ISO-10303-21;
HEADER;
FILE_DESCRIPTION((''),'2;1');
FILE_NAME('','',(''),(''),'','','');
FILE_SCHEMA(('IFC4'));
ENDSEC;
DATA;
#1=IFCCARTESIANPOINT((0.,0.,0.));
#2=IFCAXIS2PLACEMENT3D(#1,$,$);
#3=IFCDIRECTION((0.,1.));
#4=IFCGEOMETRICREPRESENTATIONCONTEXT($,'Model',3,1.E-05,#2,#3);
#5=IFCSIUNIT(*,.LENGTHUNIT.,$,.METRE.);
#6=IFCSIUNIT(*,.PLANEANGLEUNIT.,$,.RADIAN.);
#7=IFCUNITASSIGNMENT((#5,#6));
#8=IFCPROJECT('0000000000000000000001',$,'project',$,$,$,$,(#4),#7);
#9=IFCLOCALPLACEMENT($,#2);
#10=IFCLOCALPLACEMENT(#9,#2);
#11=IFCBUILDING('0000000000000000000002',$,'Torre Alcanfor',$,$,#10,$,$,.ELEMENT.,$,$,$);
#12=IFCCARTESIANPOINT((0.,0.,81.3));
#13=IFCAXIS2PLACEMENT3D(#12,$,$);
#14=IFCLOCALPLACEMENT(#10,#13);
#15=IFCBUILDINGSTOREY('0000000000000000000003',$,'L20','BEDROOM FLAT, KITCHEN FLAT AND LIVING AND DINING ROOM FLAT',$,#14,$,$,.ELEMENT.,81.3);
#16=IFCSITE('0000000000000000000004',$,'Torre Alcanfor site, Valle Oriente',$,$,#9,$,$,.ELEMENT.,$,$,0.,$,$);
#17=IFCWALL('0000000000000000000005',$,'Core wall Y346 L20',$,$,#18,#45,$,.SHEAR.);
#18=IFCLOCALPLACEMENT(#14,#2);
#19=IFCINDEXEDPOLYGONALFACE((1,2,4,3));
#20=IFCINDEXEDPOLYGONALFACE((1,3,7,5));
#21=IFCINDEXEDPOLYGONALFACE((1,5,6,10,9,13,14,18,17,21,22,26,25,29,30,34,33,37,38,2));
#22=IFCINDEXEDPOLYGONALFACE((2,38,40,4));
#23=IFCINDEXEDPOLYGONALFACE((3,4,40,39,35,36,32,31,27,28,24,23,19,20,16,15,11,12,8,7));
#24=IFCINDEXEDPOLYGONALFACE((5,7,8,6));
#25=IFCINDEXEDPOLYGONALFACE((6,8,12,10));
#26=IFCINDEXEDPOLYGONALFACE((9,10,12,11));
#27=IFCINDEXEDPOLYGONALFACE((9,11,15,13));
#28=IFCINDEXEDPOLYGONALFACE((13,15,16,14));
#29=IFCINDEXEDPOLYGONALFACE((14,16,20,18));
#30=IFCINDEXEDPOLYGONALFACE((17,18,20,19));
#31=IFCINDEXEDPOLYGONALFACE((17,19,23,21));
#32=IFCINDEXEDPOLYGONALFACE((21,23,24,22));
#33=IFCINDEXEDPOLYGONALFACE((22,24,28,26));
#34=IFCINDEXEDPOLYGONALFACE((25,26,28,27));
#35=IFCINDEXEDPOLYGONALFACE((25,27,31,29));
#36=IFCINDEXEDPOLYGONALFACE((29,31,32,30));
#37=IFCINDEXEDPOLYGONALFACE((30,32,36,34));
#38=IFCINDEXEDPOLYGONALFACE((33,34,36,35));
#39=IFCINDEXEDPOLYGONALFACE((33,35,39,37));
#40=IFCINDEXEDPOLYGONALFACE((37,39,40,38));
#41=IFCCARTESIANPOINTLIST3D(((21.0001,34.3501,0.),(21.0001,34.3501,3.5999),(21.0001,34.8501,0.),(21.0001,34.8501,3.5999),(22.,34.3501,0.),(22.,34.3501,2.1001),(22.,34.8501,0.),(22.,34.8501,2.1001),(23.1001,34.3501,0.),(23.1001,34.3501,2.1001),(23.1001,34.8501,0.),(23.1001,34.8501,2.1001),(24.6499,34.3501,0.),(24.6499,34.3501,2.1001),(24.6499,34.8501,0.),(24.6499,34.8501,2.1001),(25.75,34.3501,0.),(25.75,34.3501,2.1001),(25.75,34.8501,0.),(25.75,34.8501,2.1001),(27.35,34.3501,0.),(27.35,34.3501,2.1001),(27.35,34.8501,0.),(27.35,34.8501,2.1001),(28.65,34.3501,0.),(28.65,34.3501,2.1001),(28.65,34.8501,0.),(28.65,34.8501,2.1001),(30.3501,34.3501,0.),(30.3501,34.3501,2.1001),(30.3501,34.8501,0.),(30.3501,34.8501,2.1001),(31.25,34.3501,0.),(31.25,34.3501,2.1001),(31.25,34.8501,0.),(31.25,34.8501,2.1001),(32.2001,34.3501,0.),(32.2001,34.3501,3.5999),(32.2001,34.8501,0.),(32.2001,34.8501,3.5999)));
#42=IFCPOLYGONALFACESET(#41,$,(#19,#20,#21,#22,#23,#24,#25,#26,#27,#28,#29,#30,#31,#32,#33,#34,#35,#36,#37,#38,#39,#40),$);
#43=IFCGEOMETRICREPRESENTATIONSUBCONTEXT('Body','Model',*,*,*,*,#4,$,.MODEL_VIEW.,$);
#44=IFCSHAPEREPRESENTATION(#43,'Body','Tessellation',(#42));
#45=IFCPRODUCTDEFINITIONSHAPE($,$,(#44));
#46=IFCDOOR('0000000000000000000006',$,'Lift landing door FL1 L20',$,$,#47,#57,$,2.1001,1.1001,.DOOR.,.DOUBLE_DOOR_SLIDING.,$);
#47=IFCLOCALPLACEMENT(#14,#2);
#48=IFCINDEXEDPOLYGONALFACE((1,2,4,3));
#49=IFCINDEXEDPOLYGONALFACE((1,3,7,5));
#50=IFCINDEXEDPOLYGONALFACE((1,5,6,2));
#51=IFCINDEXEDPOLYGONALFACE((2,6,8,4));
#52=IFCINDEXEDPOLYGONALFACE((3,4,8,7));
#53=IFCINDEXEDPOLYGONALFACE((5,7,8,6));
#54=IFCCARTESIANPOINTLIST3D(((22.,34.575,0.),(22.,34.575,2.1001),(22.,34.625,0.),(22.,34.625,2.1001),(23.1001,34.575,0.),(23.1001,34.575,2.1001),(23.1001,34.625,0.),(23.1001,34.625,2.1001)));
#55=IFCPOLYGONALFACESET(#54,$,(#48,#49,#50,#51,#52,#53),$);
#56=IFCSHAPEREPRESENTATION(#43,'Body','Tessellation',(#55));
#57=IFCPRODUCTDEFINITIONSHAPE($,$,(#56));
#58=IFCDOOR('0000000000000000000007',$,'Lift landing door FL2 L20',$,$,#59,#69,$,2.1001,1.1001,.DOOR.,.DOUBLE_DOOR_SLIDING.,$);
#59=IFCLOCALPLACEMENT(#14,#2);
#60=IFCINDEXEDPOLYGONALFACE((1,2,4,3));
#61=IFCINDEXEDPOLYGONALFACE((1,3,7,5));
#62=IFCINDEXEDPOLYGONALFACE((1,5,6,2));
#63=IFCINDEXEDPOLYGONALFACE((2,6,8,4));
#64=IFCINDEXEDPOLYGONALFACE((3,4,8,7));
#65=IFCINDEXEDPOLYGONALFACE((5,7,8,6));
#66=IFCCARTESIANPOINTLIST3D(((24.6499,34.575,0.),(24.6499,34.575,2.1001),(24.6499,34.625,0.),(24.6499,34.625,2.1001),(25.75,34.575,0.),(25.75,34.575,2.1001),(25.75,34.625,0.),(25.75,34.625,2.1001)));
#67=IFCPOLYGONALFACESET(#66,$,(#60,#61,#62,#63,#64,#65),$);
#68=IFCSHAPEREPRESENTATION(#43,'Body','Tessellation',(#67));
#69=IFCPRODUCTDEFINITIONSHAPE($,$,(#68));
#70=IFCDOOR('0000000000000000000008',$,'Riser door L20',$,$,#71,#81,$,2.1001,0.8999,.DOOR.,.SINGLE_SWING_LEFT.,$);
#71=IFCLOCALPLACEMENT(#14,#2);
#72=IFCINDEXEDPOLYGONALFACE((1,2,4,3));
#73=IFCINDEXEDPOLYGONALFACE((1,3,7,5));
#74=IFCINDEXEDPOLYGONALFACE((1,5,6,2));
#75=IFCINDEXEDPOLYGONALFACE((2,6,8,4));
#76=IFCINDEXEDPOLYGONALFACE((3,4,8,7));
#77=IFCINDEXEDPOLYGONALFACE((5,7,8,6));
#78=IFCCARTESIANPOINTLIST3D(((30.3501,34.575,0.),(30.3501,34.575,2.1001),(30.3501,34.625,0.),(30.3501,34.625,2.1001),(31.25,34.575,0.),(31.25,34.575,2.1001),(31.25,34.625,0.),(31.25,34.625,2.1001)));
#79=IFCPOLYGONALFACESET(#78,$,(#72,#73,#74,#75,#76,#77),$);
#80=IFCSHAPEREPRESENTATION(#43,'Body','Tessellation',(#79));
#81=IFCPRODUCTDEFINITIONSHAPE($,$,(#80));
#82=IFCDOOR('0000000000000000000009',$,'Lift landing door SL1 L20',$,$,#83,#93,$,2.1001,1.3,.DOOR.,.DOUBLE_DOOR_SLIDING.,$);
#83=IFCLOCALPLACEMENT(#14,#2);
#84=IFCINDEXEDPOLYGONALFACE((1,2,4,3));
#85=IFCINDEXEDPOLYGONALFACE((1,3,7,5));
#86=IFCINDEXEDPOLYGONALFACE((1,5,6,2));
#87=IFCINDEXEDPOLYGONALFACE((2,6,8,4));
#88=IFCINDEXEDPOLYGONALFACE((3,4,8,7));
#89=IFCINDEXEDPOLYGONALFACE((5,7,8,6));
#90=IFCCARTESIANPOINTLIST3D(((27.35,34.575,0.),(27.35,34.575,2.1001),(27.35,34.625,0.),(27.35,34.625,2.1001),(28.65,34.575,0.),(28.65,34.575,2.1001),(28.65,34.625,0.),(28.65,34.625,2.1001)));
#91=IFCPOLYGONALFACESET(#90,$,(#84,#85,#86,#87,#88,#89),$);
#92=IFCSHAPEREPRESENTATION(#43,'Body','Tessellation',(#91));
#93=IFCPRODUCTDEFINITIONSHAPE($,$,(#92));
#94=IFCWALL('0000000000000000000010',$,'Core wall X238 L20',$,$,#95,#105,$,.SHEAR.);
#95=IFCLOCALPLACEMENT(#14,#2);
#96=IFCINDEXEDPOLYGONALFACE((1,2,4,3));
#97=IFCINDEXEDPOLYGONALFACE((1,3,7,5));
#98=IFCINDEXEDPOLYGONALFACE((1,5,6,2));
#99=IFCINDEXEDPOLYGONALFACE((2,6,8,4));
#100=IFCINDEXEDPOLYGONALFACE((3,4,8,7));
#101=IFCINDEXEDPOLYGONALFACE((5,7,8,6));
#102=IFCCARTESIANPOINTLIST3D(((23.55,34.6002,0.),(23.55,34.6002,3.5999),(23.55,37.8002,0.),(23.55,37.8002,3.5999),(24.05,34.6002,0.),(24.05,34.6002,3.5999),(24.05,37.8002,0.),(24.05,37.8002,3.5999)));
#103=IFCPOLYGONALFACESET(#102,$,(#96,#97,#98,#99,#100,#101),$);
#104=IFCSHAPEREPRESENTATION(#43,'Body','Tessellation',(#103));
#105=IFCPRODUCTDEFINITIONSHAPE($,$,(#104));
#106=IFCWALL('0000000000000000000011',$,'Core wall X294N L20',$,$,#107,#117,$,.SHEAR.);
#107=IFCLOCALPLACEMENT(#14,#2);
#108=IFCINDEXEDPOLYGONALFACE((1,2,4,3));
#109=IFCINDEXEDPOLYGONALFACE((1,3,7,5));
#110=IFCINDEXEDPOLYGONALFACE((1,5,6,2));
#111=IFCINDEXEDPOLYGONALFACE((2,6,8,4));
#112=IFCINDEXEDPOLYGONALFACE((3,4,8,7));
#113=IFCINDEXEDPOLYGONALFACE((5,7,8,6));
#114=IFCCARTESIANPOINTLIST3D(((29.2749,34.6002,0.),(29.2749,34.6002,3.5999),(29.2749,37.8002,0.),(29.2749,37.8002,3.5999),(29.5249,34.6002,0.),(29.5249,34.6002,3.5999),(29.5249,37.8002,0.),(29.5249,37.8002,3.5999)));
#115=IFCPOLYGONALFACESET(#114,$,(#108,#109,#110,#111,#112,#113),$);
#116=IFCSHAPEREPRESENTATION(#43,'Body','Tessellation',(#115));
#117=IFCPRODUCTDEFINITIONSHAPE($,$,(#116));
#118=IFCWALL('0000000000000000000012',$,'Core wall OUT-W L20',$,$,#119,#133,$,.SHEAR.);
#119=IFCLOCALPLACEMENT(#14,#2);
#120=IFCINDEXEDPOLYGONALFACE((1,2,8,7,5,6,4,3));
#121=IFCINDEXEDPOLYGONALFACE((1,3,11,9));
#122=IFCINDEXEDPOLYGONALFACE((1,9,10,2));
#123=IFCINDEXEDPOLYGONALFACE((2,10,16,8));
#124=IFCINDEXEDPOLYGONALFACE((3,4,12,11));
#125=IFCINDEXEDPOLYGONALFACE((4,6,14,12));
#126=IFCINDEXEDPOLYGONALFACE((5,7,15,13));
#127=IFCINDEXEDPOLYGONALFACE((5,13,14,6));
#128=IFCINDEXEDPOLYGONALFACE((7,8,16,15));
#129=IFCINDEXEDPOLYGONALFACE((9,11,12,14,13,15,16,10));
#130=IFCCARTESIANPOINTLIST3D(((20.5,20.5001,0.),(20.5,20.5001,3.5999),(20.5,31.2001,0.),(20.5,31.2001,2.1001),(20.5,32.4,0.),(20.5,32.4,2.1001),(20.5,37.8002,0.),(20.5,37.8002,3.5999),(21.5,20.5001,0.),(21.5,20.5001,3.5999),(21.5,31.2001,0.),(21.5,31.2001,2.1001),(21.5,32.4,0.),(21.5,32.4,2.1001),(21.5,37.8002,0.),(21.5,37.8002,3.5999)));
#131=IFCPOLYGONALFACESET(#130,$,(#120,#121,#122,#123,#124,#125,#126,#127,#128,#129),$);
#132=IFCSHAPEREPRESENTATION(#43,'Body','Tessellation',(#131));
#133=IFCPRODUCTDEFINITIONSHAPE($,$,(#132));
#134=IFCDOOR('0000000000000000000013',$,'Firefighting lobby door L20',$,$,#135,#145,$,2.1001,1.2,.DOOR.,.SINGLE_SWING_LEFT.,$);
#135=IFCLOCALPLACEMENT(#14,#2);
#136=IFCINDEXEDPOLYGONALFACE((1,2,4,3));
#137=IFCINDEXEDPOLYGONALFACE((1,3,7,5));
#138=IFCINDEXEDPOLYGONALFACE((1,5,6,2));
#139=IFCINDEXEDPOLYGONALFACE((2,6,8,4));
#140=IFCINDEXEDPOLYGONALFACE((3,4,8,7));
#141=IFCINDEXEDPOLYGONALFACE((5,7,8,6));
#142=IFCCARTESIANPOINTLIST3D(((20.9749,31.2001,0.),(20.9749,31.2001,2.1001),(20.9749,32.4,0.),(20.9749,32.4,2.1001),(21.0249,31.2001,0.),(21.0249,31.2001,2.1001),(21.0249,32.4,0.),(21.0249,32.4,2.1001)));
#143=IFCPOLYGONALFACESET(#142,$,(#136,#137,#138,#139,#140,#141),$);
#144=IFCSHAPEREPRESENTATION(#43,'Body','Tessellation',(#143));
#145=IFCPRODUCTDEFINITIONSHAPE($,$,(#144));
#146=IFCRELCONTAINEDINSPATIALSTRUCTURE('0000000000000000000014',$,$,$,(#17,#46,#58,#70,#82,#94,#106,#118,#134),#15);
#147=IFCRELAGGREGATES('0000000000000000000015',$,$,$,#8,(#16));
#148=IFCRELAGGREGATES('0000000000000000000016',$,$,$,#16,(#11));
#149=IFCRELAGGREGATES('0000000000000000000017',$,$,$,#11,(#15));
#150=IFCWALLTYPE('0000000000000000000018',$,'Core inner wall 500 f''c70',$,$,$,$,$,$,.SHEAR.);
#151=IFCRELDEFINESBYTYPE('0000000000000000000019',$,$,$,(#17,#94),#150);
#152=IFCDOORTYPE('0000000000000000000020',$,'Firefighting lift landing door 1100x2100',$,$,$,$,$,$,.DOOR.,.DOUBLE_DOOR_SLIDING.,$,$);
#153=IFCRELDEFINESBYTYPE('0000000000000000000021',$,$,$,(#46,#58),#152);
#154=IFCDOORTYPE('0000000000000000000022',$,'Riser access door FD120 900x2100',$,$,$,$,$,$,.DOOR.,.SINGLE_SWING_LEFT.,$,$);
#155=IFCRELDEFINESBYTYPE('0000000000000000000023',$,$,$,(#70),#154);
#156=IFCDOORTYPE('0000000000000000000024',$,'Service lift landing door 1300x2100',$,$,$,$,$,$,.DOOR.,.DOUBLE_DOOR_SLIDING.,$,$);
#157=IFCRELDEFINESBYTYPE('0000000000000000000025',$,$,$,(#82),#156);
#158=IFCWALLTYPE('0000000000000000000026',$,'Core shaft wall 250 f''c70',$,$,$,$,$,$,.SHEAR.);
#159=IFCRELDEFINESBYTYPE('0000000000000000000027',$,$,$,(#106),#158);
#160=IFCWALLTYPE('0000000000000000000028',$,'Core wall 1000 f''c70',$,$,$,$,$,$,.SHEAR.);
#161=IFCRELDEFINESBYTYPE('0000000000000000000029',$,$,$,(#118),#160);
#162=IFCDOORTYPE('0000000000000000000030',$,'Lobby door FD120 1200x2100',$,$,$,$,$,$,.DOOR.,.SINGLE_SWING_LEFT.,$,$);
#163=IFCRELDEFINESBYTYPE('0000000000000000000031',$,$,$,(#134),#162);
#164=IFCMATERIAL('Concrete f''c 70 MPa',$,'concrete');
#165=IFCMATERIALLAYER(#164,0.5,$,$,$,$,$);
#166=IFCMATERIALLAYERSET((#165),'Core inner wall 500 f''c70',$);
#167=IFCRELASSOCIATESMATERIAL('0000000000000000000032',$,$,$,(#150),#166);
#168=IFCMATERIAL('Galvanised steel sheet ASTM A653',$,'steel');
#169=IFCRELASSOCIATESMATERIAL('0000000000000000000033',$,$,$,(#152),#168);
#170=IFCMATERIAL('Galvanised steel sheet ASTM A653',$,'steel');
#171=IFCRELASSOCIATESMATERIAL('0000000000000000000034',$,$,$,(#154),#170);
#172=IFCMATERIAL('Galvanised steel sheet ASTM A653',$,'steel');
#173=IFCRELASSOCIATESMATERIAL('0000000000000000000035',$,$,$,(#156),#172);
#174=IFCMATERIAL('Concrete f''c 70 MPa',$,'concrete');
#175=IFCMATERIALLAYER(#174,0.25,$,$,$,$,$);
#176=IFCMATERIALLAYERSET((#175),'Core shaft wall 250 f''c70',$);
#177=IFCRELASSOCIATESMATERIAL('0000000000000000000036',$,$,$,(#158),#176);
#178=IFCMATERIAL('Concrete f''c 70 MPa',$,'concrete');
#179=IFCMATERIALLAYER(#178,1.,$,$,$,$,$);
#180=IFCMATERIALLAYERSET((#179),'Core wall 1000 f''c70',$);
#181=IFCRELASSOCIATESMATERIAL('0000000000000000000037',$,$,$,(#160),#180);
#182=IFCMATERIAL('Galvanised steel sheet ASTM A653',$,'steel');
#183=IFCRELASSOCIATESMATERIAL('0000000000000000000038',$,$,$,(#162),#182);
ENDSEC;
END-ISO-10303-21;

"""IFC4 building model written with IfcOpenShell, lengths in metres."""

from ifc_helpers import new_model, si_unit, direction, frame, frame_2d, origin, place, context, subcontext, project, spatial, rectangle, extrude, material, layer, layer_set, type_object, element, fill, save


model = new_model("IFC4")

# Units and contexts
model_context = context("Model", 3, precision=1e-05, world=origin(), true_north=direction((0.0, 1.0)))
body_context = subcontext(model_context, "Body", "Model", "MODEL_VIEW")
ifc_project = project(units=[si_unit("LENGTHUNIT", "METRE"), si_unit("PLANEANGLEUNIT", "RADIAN")], contexts=[model_context])

# Site, building, storey
site_placement = place(None, origin())
site = spatial("IfcSite", under=ifc_project, at=site_placement, Name="Torre Alcanfor site, Valle Oriente", CompositionType="ELEMENT", RefElevation=0.0)
building_placement = place(site_placement, origin())
building = spatial("IfcBuilding", under=site, at=building_placement, Name="Torre Alcanfor", CompositionType="ELEMENT")
storey_placement = place(building_placement, frame((0.0, 0.0, 81.3)))
storey = spatial("IfcBuildingStorey", under=building, at=storey_placement, Name="L20", Description="BEDROOM FLAT, KITCHEN FLAT AND LIVING AND DINING ROOM FLAT", CompositionType="ELEMENT", Elevation=81.3)

# Shared definitions
ifc_material_1 = material(Name="Concrete f'c 70 MPa", Category="concrete")
ifc_layer_1 = layer(ifc_material_1, 0.5)
ifc_layer_set_1 = layer_set([ifc_layer_1], Name="Core inner wall 500 f'c70")
wall_type_1 = type_object("IfcWallType", Name="Core inner wall 500 f'c70", PredefinedType="SHEAR", material=ifc_layer_set_1)

# Wall, openings, doors
wall_1_placement = place(storey_placement, frame((21.0, 34.6001, 0.0), z_axis=(0.0, 0.0, 1.0), x_axis=(1.0, 0.0, 0.0)))
wall_1 = element("IfcWall", 1, at=wall_1_placement, inside=storey, type_object=wall_type_1, Name="Core wall Y346 L20", PredefinedType="SHEAR", context=body_context, shape_type="SweptSolid", body=[
    extrude(rectangle(XDim=11.2, YDim=0.5, at=frame_2d((5.6001, 0.0))), origin(), (0.0, 0.0, 1.0), 3.5999),
])
opening_1_placement = place(wall_1_placement, frame((9.3501, 0.0, 0.0)))
opening_1 = element("IfcOpeningElement", 2, at=opening_1_placement, cuts=wall_1, PredefinedType="OPENING", context=body_context, shape_type="SweptSolid", body=[
    extrude(rectangle(XDim=0.8999, YDim=2.1001, at=frame_2d((0.45, 1.05))), frame((0.0, 0.26, 0.0), z_axis=(0.0, -1.0, 0.0), x_axis=(1.0, 0.0, 0.0)), (0.0, 0.0, 1.0), 0.52),
])
opening_2_placement = place(wall_1_placement, frame((1.0, 0.0, 0.0)))
opening_2 = element("IfcOpeningElement", 3, at=opening_2_placement, cuts=wall_1, PredefinedType="OPENING", context=body_context, shape_type="SweptSolid", body=[
    extrude(rectangle(XDim=1.1001, YDim=2.1001, at=frame_2d((0.55, 1.05))), frame((0.0, 0.26, 0.0), z_axis=(0.0, -1.0, 0.0), x_axis=(1.0, 0.0, 0.0)), (0.0, 0.0, 1.0), 0.52),
])
opening_3_placement = place(wall_1_placement, frame((3.6499, 0.0, 0.0)))
opening_3 = element("IfcOpeningElement", 4, at=opening_3_placement, cuts=wall_1, PredefinedType="OPENING", context=body_context, shape_type="SweptSolid", body=[
    extrude(rectangle(XDim=1.1001, YDim=2.1001, at=frame_2d((0.55, 1.05))), frame((0.0, 0.26, 0.0), z_axis=(0.0, -1.0, 0.0), x_axis=(1.0, 0.0, 0.0)), (0.0, 0.0, 1.0), 0.52),
])
opening_4_placement = place(wall_1_placement, frame((6.3501, 0.0, 0.0)))
opening_4 = element("IfcOpeningElement", 5, at=opening_4_placement, cuts=wall_1, PredefinedType="OPENING", context=body_context, shape_type="SweptSolid", body=[
    extrude(rectangle(XDim=1.3, YDim=2.1001, at=frame_2d((0.6499, 1.05))), frame((0.0, 0.26, 0.0), z_axis=(0.0, -1.0, 0.0), x_axis=(1.0, 0.0, 0.0)), (0.0, 0.0, 1.0), 0.52),
])
ifc_material_2 = material(Name="Galvanised steel sheet ASTM A653", Category="steel")
door_type_1 = type_object("IfcDoorType", Name="Firefighting lift landing door 1100x2100", OperationType="DOUBLE_DOOR_SLIDING", PredefinedType="DOOR", material=ifc_material_2)
door_1_placement = place(opening_2_placement, origin())
door_1 = element("IfcDoor", 6, at=door_1_placement, inside=storey, type_object=door_type_1, Name="Lift landing door FL1 L20", OperationType="DOUBLE_DOOR_SLIDING", OverallHeight=2.1001, OverallWidth=1.1001, PredefinedType="DOOR", context=body_context, shape_type="SweptSolid", body=[
    extrude(rectangle(XDim=1.1001, YDim=2.1001, at=frame_2d((0.55, 1.05))), frame((0.0, 0.0249, 0.0), z_axis=(0.0, -1.0, 0.0), x_axis=(1.0, 0.0, 0.0)), (0.0, 0.0, 1.0), 0.05),
])
fill(opening_2, door_1)
door_2_placement = place(opening_3_placement, origin())
door_2 = element("IfcDoor", 7, at=door_2_placement, inside=storey, type_object=door_type_1, Name="Lift landing door FL2 L20", OperationType="DOUBLE_DOOR_SLIDING", OverallHeight=2.1001, OverallWidth=1.1001, PredefinedType="DOOR", context=body_context, shape_type="SweptSolid", body=[
    extrude(rectangle(XDim=1.1001, YDim=2.1001, at=frame_2d((0.55, 1.05))), frame((0.0, 0.0249, 0.0), z_axis=(0.0, -1.0, 0.0), x_axis=(1.0, 0.0, 0.0)), (0.0, 0.0, 1.0), 0.05),
])
fill(opening_3, door_2)
ifc_material_3 = material(Name="Galvanised steel sheet ASTM A653", Category="steel")
door_type_2 = type_object("IfcDoorType", Name="Riser access door FD120 900x2100", OperationType="SINGLE_SWING_LEFT", PredefinedType="DOOR", material=ifc_material_3)
door_3_placement = place(opening_1_placement, origin())
door_3 = element("IfcDoor", 8, at=door_3_placement, inside=storey, type_object=door_type_2, Name="Riser door L20", OperationType="SINGLE_SWING_LEFT", OverallHeight=2.1001, OverallWidth=0.8999, PredefinedType="DOOR", context=body_context, shape_type="SweptSolid", body=[
    extrude(rectangle(XDim=0.8999, YDim=2.1001, at=frame_2d((0.45, 1.05))), frame((0.0, 0.0249, 0.0), z_axis=(0.0, -1.0, 0.0), x_axis=(1.0, 0.0, 0.0)), (0.0, 0.0, 1.0), 0.05),
])
fill(opening_1, door_3)
ifc_material_4 = material(Name="Galvanised steel sheet ASTM A653", Category="steel")
door_type_3 = type_object("IfcDoorType", Name="Service lift landing door 1300x2100", OperationType="DOUBLE_DOOR_SLIDING", PredefinedType="DOOR", material=ifc_material_4)
door_4_placement = place(opening_4_placement, origin())
door_4 = element("IfcDoor", 9, at=door_4_placement, inside=storey, type_object=door_type_3, Name="Lift landing door SL1 L20", OperationType="DOUBLE_DOOR_SLIDING", OverallHeight=2.1001, OverallWidth=1.3, PredefinedType="DOOR", context=body_context, shape_type="SweptSolid", body=[
    extrude(rectangle(XDim=1.3, YDim=2.1001, at=frame_2d((0.6499, 1.05))), frame((0.0, 0.0249, 0.0), z_axis=(0.0, -1.0, 0.0), x_axis=(1.0, 0.0, 0.0)), (0.0, 0.0, 1.0), 0.05),
])
fill(opening_4, door_4)

# Walls
wall_2_placement = place(storey_placement, frame((23.8, 34.6001, 0.0), z_axis=(0.0, 0.0, 1.0), x_axis=(0.0, 1.0, 0.0)))
element("IfcWall", 10, at=wall_2_placement, inside=storey, type_object=wall_type_1, Name="Core wall X238 L20", PredefinedType="SHEAR", context=body_context, shape_type="SweptSolid", body=[
    extrude(rectangle(XDim=3.2, YDim=0.5, at=frame_2d((1.6001, 0.0))), origin(), (0.0, 0.0, 1.0), 3.5999),
])
ifc_material_5 = material(Name="Concrete f'c 70 MPa", Category="concrete")
ifc_layer_2 = layer(ifc_material_5, 0.25)
ifc_layer_set_2 = layer_set([ifc_layer_2], Name="Core shaft wall 250 f'c70")
wall_type_2 = type_object("IfcWallType", Name="Core shaft wall 250 f'c70", PredefinedType="SHEAR", material=ifc_layer_set_2)
wall_3_placement = place(storey_placement, frame((29.3999, 34.6001, 0.0), z_axis=(0.0, 0.0, 1.0), x_axis=(0.0, 1.0, 0.0)))
element("IfcWall", 11, at=wall_3_placement, inside=storey, type_object=wall_type_2, Name="Core wall X294N L20", PredefinedType="SHEAR", context=body_context, shape_type="SweptSolid", body=[
    extrude(rectangle(XDim=3.2, YDim=0.25, at=frame_2d((1.6001, 0.0))), origin(), (0.0, 0.0, 1.0), 3.5999),
])

# Wall, opening, door
ifc_material_6 = material(Name="Concrete f'c 70 MPa", Category="concrete")
ifc_layer_3 = layer(ifc_material_6, 1.0)
ifc_layer_set_3 = layer_set([ifc_layer_3], Name="Core wall 1000 f'c70")
wall_type_3 = type_object("IfcWallType", Name="Core wall 1000 f'c70", PredefinedType="SHEAR", material=ifc_layer_set_3)
wall_4_placement = place(storey_placement, frame((21.0, 37.8, 0.0), z_axis=(0.0, 0.0, 1.0), x_axis=(0.0, -1.0, 0.0)))
wall_4 = element("IfcWall", 12, at=wall_4_placement, inside=storey, type_object=wall_type_3, Name="Core wall OUT-W L20", PredefinedType="SHEAR", context=body_context, shape_type="SweptSolid", body=[
    extrude(rectangle(XDim=17.3, YDim=1.0, at=frame_2d((8.6499, 0.0))), origin(), (0.0, 0.0, 1.0), 3.5999),
])
opening_5_placement = place(wall_4_placement, frame((5.3999, 0.0, 0.0)))
opening_5 = element("IfcOpeningElement", 13, at=opening_5_placement, cuts=wall_4, PredefinedType="OPENING", context=body_context, shape_type="SweptSolid", body=[
    extrude(rectangle(XDim=1.2, YDim=2.1001, at=frame_2d((0.6001, 1.05))), frame((0.0, 0.51, 0.0), z_axis=(0.0, -1.0, 0.0), x_axis=(1.0, 0.0, 0.0)), (0.0, 0.0, 1.0), 1.02),
])
ifc_material_7 = material(Name="Galvanised steel sheet ASTM A653", Category="steel")
door_type_4 = type_object("IfcDoorType", Name="Lobby door FD120 1200x2100", OperationType="SINGLE_SWING_LEFT", PredefinedType="DOOR", material=ifc_material_7)
door_5_placement = place(opening_5_placement, origin())
door_5 = element("IfcDoor", 14, at=door_5_placement, inside=storey, type_object=door_type_4, Name="Firefighting lobby door L20", OperationType="SINGLE_SWING_LEFT", OverallHeight=2.1001, OverallWidth=1.2, PredefinedType="DOOR", context=body_context, shape_type="SweptSolid", body=[
    extrude(rectangle(XDim=1.2, YDim=2.1001, at=frame_2d((0.6001, 1.05))), frame((0.0, 0.0249, 0.0), z_axis=(0.0, -1.0, 0.0), x_axis=(1.0, 0.0, 0.0)), (0.0, 0.0, 1.0), 0.05),
])
fill(opening_5, door_5)

save(model, "model.ifc")
